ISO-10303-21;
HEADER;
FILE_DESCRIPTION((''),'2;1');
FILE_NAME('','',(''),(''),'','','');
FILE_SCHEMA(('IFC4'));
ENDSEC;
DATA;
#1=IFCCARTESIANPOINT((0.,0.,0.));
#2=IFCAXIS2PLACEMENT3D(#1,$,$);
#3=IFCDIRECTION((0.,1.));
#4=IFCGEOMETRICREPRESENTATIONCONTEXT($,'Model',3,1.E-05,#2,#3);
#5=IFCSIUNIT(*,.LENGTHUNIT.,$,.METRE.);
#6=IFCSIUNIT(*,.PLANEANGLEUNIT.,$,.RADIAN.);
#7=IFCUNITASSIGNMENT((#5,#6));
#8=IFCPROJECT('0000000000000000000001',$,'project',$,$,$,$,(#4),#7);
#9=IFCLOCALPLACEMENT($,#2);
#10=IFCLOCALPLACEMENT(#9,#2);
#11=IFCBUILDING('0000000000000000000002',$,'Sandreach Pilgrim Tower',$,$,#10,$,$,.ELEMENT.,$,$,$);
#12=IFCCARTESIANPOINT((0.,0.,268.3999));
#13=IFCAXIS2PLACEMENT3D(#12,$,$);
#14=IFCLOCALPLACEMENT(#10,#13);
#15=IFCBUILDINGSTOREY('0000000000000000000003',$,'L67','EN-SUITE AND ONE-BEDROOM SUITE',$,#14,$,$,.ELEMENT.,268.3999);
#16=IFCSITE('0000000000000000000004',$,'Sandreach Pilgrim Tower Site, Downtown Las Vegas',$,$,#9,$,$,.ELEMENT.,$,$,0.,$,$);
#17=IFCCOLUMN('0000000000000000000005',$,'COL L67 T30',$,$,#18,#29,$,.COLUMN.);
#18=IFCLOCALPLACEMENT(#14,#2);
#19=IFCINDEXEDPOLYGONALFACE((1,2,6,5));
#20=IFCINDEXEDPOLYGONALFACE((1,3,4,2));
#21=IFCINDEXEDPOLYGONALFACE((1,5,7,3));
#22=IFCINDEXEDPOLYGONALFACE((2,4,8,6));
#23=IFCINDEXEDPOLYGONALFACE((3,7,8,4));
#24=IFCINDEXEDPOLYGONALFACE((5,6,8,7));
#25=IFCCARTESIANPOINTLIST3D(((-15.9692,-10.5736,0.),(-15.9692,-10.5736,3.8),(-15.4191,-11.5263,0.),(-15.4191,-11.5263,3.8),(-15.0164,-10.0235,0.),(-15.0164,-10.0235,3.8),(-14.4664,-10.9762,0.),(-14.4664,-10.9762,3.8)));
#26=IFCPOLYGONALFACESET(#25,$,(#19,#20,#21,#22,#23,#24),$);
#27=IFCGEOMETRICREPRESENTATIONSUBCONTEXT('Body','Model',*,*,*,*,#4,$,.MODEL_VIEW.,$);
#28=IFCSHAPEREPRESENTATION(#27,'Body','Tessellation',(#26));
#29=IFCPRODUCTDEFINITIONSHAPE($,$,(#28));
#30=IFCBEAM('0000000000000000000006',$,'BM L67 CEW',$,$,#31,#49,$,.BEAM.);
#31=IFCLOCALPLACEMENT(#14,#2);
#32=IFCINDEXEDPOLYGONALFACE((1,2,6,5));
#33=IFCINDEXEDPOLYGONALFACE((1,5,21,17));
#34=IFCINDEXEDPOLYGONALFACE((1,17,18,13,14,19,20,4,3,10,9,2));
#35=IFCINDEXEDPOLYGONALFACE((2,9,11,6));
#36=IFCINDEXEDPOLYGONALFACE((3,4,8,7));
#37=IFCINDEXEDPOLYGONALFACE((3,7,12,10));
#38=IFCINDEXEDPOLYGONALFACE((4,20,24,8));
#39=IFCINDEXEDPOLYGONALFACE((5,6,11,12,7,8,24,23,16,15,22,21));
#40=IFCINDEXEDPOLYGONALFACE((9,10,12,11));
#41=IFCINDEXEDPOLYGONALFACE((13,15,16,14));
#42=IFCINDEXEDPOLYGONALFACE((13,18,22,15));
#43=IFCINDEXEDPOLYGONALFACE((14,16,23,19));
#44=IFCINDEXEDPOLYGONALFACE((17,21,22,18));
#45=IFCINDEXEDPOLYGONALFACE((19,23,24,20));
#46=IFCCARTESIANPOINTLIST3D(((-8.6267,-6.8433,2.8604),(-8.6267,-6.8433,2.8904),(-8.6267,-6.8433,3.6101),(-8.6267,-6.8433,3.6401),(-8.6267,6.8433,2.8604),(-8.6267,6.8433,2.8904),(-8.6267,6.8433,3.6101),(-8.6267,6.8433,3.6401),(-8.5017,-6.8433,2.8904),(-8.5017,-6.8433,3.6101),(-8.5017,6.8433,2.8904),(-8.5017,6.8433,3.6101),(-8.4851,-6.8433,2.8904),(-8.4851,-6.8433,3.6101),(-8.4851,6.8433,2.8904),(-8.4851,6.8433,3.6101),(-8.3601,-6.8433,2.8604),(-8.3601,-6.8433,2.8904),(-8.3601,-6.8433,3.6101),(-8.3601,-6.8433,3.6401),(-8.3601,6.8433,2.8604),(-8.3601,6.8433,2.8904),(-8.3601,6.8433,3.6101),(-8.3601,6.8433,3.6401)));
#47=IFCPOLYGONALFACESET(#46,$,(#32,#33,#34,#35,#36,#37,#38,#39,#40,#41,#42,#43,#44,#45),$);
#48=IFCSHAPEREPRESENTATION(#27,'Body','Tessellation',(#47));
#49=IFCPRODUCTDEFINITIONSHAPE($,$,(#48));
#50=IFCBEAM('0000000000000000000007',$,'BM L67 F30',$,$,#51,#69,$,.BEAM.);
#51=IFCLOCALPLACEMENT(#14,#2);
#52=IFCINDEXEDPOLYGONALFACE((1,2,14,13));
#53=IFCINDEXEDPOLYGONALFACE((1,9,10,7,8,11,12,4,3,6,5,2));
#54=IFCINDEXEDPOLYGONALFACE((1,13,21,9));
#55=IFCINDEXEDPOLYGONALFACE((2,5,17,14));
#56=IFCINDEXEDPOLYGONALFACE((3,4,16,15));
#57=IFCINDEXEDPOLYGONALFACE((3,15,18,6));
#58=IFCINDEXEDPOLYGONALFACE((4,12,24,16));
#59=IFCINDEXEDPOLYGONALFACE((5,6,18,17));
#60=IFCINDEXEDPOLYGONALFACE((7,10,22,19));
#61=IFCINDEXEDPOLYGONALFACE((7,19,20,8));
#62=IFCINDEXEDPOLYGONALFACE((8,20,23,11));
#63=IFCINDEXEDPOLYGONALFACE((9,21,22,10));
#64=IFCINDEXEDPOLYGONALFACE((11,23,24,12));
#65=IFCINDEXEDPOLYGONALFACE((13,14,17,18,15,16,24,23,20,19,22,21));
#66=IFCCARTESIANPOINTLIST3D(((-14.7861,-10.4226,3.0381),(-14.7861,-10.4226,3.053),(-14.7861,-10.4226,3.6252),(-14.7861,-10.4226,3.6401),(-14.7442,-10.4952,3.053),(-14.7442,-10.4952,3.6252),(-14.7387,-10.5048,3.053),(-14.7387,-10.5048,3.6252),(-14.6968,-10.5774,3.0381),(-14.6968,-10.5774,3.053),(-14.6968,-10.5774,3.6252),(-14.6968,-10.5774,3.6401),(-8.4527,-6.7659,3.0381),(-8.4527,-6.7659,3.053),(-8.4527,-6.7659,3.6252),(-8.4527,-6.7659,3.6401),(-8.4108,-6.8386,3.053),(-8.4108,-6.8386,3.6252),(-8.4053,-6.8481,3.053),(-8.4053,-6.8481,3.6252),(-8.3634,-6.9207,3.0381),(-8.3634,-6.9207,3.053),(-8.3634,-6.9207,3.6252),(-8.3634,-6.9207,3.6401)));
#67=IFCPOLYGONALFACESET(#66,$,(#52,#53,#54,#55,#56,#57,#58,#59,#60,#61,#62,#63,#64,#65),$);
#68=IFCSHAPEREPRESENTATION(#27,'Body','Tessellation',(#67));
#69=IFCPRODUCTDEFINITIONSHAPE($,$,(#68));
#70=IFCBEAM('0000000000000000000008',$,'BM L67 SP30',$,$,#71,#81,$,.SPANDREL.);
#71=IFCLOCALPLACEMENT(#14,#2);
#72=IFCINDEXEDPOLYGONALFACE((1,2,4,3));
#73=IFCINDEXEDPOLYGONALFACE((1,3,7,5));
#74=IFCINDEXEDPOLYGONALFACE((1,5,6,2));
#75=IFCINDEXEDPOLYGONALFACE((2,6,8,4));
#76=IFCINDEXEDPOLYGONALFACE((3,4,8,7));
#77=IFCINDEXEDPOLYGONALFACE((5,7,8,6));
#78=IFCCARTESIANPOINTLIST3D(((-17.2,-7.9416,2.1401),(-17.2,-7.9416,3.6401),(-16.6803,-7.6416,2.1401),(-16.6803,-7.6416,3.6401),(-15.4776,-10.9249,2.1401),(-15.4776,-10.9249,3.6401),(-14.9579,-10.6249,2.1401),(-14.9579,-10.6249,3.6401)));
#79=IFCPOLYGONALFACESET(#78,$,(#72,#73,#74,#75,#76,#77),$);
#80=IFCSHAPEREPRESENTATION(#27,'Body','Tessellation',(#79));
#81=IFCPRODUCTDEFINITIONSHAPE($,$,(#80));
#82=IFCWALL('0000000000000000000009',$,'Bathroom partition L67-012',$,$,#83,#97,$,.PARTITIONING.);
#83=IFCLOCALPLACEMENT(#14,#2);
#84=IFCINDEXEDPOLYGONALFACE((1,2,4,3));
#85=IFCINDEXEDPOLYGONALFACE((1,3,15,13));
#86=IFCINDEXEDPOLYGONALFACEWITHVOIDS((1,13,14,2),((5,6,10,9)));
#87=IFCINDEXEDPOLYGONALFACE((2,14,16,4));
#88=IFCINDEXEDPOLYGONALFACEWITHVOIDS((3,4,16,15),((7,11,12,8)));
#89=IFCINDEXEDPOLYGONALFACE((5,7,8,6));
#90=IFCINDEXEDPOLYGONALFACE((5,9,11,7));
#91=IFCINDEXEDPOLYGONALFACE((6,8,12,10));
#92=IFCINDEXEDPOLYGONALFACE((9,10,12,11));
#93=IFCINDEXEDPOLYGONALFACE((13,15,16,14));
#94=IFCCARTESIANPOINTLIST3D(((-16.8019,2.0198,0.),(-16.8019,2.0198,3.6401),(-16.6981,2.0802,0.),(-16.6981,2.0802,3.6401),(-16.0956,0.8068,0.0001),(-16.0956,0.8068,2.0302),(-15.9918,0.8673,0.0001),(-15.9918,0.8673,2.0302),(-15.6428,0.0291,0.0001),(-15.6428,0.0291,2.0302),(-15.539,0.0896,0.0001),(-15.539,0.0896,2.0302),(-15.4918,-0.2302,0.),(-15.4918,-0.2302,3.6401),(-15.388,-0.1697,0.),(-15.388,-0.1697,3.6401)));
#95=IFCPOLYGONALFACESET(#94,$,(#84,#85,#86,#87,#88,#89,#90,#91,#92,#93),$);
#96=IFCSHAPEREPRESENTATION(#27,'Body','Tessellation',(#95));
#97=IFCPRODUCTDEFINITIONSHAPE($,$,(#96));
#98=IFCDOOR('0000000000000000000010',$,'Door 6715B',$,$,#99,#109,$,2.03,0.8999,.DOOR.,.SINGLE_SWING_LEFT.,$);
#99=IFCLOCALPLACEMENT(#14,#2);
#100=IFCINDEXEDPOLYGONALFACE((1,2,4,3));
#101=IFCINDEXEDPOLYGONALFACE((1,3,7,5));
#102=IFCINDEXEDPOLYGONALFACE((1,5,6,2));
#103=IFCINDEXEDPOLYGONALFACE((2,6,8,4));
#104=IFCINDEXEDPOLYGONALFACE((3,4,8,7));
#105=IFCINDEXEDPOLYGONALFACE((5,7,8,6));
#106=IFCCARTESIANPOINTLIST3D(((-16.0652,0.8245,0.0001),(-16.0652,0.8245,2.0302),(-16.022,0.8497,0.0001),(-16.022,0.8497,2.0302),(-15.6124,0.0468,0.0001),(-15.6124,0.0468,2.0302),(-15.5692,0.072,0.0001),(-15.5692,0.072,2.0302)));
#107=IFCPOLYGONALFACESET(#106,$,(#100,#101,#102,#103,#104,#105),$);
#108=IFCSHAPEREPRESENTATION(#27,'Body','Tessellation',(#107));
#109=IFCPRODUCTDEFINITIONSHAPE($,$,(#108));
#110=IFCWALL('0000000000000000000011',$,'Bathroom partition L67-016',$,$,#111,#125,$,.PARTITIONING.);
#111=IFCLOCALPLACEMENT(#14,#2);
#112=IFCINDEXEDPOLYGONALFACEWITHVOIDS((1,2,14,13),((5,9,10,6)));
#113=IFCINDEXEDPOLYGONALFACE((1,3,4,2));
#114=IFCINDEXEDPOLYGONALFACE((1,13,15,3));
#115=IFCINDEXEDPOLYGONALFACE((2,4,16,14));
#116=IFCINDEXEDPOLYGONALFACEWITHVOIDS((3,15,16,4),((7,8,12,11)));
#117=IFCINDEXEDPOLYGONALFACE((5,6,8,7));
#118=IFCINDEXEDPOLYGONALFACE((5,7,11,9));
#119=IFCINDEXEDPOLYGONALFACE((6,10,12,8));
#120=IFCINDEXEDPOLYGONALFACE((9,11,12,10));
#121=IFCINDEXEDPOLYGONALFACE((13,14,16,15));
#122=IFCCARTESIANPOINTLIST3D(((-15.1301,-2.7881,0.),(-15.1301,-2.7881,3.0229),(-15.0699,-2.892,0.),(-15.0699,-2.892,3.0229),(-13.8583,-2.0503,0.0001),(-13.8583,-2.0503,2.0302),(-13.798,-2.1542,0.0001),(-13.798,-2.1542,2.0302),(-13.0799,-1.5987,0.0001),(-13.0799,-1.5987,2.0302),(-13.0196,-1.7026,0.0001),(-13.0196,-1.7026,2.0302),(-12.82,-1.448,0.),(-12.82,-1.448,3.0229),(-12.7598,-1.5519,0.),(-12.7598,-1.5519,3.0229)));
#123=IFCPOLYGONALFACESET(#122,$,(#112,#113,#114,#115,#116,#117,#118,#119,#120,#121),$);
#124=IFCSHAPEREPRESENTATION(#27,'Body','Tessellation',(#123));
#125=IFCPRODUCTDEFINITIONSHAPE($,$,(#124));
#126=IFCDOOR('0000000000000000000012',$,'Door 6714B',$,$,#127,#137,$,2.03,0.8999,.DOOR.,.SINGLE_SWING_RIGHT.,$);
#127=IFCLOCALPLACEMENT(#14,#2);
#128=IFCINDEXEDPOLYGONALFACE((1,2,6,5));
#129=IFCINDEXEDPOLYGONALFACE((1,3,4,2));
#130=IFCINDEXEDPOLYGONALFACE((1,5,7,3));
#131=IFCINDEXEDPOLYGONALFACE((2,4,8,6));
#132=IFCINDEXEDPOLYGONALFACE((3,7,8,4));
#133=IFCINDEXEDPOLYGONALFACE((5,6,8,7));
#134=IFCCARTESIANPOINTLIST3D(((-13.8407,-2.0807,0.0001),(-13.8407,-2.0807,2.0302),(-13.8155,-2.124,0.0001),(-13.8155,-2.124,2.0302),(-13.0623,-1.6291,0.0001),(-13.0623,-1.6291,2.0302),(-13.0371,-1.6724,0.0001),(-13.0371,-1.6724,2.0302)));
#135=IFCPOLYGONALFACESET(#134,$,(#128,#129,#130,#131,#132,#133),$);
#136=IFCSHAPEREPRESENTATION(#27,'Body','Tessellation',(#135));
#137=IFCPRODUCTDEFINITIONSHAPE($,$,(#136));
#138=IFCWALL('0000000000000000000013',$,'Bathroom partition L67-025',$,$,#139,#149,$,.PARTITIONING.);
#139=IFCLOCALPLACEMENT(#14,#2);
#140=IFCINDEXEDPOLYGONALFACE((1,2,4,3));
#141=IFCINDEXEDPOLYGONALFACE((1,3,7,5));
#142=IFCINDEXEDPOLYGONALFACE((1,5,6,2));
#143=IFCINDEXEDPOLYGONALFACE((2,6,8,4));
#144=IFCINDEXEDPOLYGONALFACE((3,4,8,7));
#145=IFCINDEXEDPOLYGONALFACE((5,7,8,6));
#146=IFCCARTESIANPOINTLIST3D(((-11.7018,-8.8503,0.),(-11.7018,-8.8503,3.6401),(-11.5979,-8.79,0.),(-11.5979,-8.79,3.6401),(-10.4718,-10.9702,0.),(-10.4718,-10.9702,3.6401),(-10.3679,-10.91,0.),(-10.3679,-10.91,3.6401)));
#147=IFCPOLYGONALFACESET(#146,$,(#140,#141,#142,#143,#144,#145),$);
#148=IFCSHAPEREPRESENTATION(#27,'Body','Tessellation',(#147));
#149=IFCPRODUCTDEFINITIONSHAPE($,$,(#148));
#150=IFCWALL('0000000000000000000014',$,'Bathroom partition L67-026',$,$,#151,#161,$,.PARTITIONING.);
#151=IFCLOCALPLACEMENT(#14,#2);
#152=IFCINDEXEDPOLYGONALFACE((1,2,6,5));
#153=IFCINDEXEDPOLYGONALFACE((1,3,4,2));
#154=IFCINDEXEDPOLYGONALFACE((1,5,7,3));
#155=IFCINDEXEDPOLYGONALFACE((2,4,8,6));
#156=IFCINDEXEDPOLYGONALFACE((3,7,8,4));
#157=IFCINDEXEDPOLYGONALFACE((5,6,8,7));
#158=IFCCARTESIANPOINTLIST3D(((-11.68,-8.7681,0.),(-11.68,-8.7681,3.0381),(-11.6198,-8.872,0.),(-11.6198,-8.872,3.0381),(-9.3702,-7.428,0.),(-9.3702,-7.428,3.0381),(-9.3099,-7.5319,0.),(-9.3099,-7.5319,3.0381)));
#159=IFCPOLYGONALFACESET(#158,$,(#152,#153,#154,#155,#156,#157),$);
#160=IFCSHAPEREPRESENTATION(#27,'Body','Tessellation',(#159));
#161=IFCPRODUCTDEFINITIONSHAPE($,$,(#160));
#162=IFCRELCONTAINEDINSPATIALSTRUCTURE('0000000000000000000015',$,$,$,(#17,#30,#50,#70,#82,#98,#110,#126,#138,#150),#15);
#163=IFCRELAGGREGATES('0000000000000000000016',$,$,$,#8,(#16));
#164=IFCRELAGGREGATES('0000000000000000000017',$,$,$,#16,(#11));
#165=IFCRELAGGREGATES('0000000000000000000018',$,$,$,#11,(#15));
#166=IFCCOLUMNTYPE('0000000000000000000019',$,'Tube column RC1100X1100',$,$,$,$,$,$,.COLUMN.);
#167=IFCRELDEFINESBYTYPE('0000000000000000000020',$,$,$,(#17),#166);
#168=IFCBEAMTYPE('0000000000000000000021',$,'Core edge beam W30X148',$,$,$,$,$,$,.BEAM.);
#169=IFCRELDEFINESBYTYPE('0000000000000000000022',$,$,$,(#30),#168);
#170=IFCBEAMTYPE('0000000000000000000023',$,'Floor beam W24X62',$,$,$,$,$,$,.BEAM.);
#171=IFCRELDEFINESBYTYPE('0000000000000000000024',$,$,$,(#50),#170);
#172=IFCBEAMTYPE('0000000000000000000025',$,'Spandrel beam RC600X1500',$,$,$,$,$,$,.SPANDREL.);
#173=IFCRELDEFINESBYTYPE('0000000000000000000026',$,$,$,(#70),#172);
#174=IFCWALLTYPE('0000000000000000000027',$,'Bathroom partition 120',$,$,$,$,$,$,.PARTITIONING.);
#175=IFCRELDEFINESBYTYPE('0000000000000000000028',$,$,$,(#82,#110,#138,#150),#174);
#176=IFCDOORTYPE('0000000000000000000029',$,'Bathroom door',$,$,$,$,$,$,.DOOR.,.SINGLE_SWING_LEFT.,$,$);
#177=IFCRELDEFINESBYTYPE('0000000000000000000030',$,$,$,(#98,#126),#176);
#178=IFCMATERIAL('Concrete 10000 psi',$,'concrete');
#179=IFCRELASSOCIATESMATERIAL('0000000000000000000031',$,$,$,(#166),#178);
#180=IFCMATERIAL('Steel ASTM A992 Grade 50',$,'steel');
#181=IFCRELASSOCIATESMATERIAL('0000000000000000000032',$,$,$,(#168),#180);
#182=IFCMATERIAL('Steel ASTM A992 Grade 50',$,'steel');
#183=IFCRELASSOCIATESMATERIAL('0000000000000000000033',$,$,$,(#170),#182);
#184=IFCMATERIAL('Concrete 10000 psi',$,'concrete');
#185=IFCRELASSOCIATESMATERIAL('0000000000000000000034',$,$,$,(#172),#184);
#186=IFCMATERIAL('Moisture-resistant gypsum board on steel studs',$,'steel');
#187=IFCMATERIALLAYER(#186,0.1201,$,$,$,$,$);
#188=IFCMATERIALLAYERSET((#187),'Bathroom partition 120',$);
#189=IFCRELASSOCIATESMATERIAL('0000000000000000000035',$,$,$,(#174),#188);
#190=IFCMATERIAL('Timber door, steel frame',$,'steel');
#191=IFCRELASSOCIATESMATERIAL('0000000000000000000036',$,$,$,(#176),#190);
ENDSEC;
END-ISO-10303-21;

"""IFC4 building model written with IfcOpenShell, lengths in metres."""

from ifc_helpers import new_model, si_unit, direction, frame, frame_2d, origin, origin_2d, place, context, subcontext, project, spatial, rectangle, i_section, extrude, material, layer, layer_set, material_profile, profile_set, type_object, element, fill, save


model = new_model("IFC4")

# Units and contexts
model_context = context("Model", 3, precision=1e-05, world=origin(), true_north=direction((0.0, 1.0)))
body_context = subcontext(model_context, "Body", "Model", "MODEL_VIEW")
ifc_project = project(units=[si_unit("LENGTHUNIT", "METRE"), si_unit("PLANEANGLEUNIT", "RADIAN")], contexts=[model_context])

# Site, building, storey
site_placement = place(None, origin())
site = spatial("IfcSite", under=ifc_project, at=site_placement, Name="Sandreach Pilgrim Tower Site, Downtown Las Vegas", CompositionType="ELEMENT", RefElevation=0.0)
building_placement = place(site_placement, origin())
building = spatial("IfcBuilding", under=site, at=building_placement, Name="Sandreach Pilgrim Tower", CompositionType="ELEMENT")
storey_placement = place(building_placement, frame((0.0, 0.0, 268.3999)))
storey = spatial("IfcBuildingStorey", under=building, at=storey_placement, Name="L67", Description="EN-SUITE AND ONE-BEDROOM SUITE", CompositionType="ELEMENT", Elevation=268.3999)

# Column
ifc_material_1 = material(Name="Concrete 10000 psi", Category="concrete")
ifc_material_profile_1 = material_profile(ifc_material_1, rectangle(XDim=1.1001, YDim=1.1001, at=origin_2d()), Name="RC1100X1100")
ifc_profile_set_1 = profile_set([ifc_material_profile_1], Name="Concrete 10000 psi")
column_type = type_object("IfcColumnType", Name="Tube column RC1100X1100", PredefinedType="COLUMN", material=ifc_profile_set_1)
column_placement = place(storey_placement, frame((-15.2178, -10.7749, 0.0), z_axis=(0.0, 0.0, 1.0), x_axis=(-0.866025, -0.5, 0.0)))
element("IfcColumn", 1, at=column_placement, inside=storey, type_object=column_type, Name="COL L67 T30", PredefinedType="COLUMN", context=body_context, shape_type="SweptSolid", body=[
    extrude(rectangle(XDim=1.1001, YDim=1.1001, at=origin_2d()), origin(), (0.0, 0.0, 1.0), 3.8),
])

# Beams
ifc_material_2 = material(Name="Steel ASTM A992 Grade 50", Category="steel")
ifc_material_profile_2 = material_profile(ifc_material_2, i_section(OverallWidth=0.2666, OverallDepth=0.7798, WebThickness=0.0166, FlangeThickness=0.03, at=origin_2d()), Name="W30X148")
ifc_profile_set_2 = profile_set([ifc_material_profile_2], Name="Steel ASTM A992 Grade 50")
beam_type_1 = type_object("IfcBeamType", Name="Core edge beam W30X148", PredefinedType="BEAM", material=ifc_profile_set_2)
beam_1_placement = place(storey_placement, frame((-8.4934, -6.8433, 3.2502), z_axis=(0.0, 1.0, 0.0), x_axis=(-1.0, 0.0, 0.0)))
element("IfcBeam", 2, at=beam_1_placement, inside=storey, type_object=beam_type_1, Name="BM L67 CEW", PredefinedType="BEAM", context=body_context, shape_type="SweptSolid", body=[
    extrude(i_section(OverallWidth=0.2666, OverallDepth=0.7798, WebThickness=0.0166, FlangeThickness=0.03, at=origin_2d()), origin(), (0.0, 0.0, 1.0), 13.6865),
])
ifc_material_3 = material(Name="Steel ASTM A992 Grade 50", Category="steel")
ifc_material_profile_3 = material_profile(ifc_material_3, i_section(OverallWidth=0.1787, OverallDepth=0.6021, WebThickness=0.011, FlangeThickness=0.0149, at=origin_2d()), Name="W24X62")
ifc_profile_set_3 = profile_set([ifc_material_profile_3], Name="Steel ASTM A992 Grade 50")
beam_type_2 = type_object("IfcBeamType", Name="Floor beam W24X62", PredefinedType="BEAM", material=ifc_profile_set_3)
beam_2_placement = place(storey_placement, frame((-14.7415, -10.5, 3.3391), z_axis=(0.86602, 0.500009, 0.0), x_axis=(-0.500009, 0.86602, 0.0)))
element("IfcBeam", 3, at=beam_2_placement, inside=storey, type_object=beam_type_2, Name="BM L67 F30", PredefinedType="BEAM", context=body_context, shape_type="SweptSolid", body=[
    extrude(i_section(OverallWidth=0.1787, OverallDepth=0.6021, WebThickness=0.011, FlangeThickness=0.0149, at=origin_2d()), origin(), (0.0, 0.0, 1.0), 7.3132),
])
ifc_material_4 = material(Name="Concrete 10000 psi", Category="concrete")
ifc_material_profile_4 = material_profile(ifc_material_4, rectangle(XDim=0.6001, YDim=1.5, at=origin_2d()), Name="RC600X1500")
ifc_profile_set_4 = profile_set([ifc_material_profile_4], Name="Concrete 10000 psi")
beam_type_3 = type_object("IfcBeamType", Name="Spandrel beam RC600X1500", PredefinedType="SPANDREL", material=ifc_profile_set_4)
beam_3_placement = place(storey_placement, frame((-15.2178, -10.7749, 2.8901), z_axis=(-0.499988, 0.866032, 0.0), x_axis=(-0.866032, -0.499988, 0.0)))
element("IfcBeam", 4, at=beam_3_placement, inside=storey, type_object=beam_type_3, Name="BM L67 SP30", PredefinedType="SPANDREL", context=body_context, shape_type="SweptSolid", body=[
    extrude(rectangle(XDim=0.6001, YDim=1.5, at=origin_2d()), origin(), (0.0, 0.0, 1.0), 3.4448),
])

# Walls, openings, doors
ifc_material_5 = material(Name="Moisture-resistant gypsum board on steel studs", Category="steel")
ifc_layer_1 = layer(ifc_material_5, 0.1201)
ifc_layer_set_1 = layer_set([ifc_layer_1], Name="Bathroom partition 120")
wall_type_1 = type_object("IfcWallType", Name="Bathroom partition 120", PredefinedType="PARTITIONING", material=ifc_layer_set_1)
wall_1_placement = place(storey_placement, frame((-15.4399, -0.2, 0.0), z_axis=(0.0, 0.0, 1.0), x_axis=(-0.503171, 0.864187, 0.0)))
wall_1 = element("IfcWall", 5, at=wall_1_placement, inside=storey, type_object=wall_type_1, Name="Bathroom partition L67-012", PredefinedType="PARTITIONING", context=body_context, shape_type="SweptSolid", body=[
    extrude(rectangle(XDim=2.6035, YDim=0.1201, at=frame_2d((1.3018, 0.0))), origin(), (0.0, 0.0, 1.0), 3.6401),
])
opening_1_placement = place(wall_1_placement, frame((0.3, 0.0, 0.0)))
opening_1 = element("IfcOpeningElement", 6, at=opening_1_placement, cuts=wall_1, PredefinedType="OPENING", context=body_context, shape_type="SweptSolid", body=[
    extrude(rectangle(XDim=0.8999, YDim=2.03, at=frame_2d((0.45, 1.0151))), frame((0.0, 0.0601, 0.0), z_axis=(0.0, -1.0, 0.0), x_axis=(1.0, 0.0, 0.0)), (0.0, 0.0, 1.0), 0.1201),
])
ifc_material_6 = material(Name="Timber door, steel frame", Category="steel")
door_type_1 = type_object("IfcDoorType", Name="Bathroom door", OperationType="SINGLE_SWING_LEFT", PredefinedType="DOOR", material=ifc_material_6)
door_1_placement = place(opening_1_placement, origin())
door_1 = element("IfcDoor", 7, at=door_1_placement, inside=storey, type_object=door_type_1, Name="Door 6715B", OperationType="SINGLE_SWING_LEFT", OverallHeight=2.03, OverallWidth=0.8999, PredefinedType="DOOR", context=body_context, shape_type="SweptSolid", body=[
    extrude(rectangle(XDim=0.8999, YDim=2.03, at=frame_2d((0.45, 1.0151))), frame((0.0, 0.0249, 0.0), z_axis=(0.0, -1.0, 0.0), x_axis=(1.0, 0.0, 0.0)), (0.0, 0.0, 1.0), 0.05),
])
fill(opening_1, door_1)
wall_2_placement = place(storey_placement, frame((-15.1001, -2.8401, 0.0), z_axis=(0.0, 0.0, 1.0), x_axis=(0.86499, 0.501789, 0.0)))
wall_2 = element("IfcWall", 8, at=wall_2_placement, inside=storey, type_object=wall_type_1, Name="Bathroom partition L67-016", PredefinedType="PARTITIONING", context=body_context, shape_type="SweptSolid", body=[
    extrude(rectangle(XDim=2.6707, YDim=0.1201, at=frame_2d((1.3354, 0.0))), origin(), (0.0, 0.0, 1.0), 3.0229),
])
opening_2_placement = place(wall_2_placement, frame((1.4705, 0.0, 0.0)))
opening_2 = element("IfcOpeningElement", 9, at=opening_2_placement, cuts=wall_2, PredefinedType="OPENING", context=body_context, shape_type="SweptSolid", body=[
    extrude(rectangle(XDim=0.8999, YDim=2.03, at=frame_2d((0.45, 1.0151))), frame((0.0, 0.0601, 0.0), z_axis=(0.0, -1.0, 0.0), x_axis=(1.0, 0.0, 0.0)), (0.0, 0.0, 1.0), 0.1201),
])
door_2_placement = place(opening_2_placement, origin())
door_2 = element("IfcDoor", 10, at=door_2_placement, inside=storey, type_object=door_type_1, Name="Door 6714B", OperationType="SINGLE_SWING_RIGHT", OverallHeight=2.03, OverallWidth=0.8999, PredefinedType="DOOR", context=body_context, shape_type="SweptSolid", body=[
    extrude(rectangle(XDim=0.8999, YDim=2.03, at=frame_2d((0.45, 1.0151))), frame((0.0, 0.0249, 0.0), z_axis=(0.0, -1.0, 0.0), x_axis=(1.0, 0.0, 0.0)), (0.0, 0.0, 1.0), 0.05),
])
fill(opening_2, door_2)

# Walls
wall_3_placement = place(storey_placement, frame((-11.6499, -8.8201, 0.0), z_axis=(0.0, 0.0, 1.0), x_axis=(0.501857, -0.864951, 0.0)))
element("IfcWall", 11, at=wall_3_placement, inside=storey, type_object=wall_type_1, Name="Bathroom partition L67-025", PredefinedType="PARTITIONING", context=body_context, shape_type="SweptSolid", body=[
    extrude(rectangle(XDim=2.4509, YDim=0.1201, at=frame_2d((1.2256, 0.0))), origin(), (0.0, 0.0, 1.0), 3.6401),
])
wall_4_placement = place(storey_placement, frame((-11.6499, -8.8201, 0.0), z_axis=(0.0, 0.0, 1.0), x_axis=(0.864967, 0.501829, 0.0)))
element("IfcWall", 12, at=wall_4_placement, inside=storey, type_object=wall_type_1, Name="Bathroom partition L67-026", PredefinedType="PARTITIONING", context=body_context, shape_type="SweptSolid", body=[
    extrude(rectangle(XDim=2.6704, YDim=0.1201, at=frame_2d((1.3352, 0.0))), origin(), (0.0, 0.0, 1.0), 3.0381),
])

save(model, "model.ifc")
